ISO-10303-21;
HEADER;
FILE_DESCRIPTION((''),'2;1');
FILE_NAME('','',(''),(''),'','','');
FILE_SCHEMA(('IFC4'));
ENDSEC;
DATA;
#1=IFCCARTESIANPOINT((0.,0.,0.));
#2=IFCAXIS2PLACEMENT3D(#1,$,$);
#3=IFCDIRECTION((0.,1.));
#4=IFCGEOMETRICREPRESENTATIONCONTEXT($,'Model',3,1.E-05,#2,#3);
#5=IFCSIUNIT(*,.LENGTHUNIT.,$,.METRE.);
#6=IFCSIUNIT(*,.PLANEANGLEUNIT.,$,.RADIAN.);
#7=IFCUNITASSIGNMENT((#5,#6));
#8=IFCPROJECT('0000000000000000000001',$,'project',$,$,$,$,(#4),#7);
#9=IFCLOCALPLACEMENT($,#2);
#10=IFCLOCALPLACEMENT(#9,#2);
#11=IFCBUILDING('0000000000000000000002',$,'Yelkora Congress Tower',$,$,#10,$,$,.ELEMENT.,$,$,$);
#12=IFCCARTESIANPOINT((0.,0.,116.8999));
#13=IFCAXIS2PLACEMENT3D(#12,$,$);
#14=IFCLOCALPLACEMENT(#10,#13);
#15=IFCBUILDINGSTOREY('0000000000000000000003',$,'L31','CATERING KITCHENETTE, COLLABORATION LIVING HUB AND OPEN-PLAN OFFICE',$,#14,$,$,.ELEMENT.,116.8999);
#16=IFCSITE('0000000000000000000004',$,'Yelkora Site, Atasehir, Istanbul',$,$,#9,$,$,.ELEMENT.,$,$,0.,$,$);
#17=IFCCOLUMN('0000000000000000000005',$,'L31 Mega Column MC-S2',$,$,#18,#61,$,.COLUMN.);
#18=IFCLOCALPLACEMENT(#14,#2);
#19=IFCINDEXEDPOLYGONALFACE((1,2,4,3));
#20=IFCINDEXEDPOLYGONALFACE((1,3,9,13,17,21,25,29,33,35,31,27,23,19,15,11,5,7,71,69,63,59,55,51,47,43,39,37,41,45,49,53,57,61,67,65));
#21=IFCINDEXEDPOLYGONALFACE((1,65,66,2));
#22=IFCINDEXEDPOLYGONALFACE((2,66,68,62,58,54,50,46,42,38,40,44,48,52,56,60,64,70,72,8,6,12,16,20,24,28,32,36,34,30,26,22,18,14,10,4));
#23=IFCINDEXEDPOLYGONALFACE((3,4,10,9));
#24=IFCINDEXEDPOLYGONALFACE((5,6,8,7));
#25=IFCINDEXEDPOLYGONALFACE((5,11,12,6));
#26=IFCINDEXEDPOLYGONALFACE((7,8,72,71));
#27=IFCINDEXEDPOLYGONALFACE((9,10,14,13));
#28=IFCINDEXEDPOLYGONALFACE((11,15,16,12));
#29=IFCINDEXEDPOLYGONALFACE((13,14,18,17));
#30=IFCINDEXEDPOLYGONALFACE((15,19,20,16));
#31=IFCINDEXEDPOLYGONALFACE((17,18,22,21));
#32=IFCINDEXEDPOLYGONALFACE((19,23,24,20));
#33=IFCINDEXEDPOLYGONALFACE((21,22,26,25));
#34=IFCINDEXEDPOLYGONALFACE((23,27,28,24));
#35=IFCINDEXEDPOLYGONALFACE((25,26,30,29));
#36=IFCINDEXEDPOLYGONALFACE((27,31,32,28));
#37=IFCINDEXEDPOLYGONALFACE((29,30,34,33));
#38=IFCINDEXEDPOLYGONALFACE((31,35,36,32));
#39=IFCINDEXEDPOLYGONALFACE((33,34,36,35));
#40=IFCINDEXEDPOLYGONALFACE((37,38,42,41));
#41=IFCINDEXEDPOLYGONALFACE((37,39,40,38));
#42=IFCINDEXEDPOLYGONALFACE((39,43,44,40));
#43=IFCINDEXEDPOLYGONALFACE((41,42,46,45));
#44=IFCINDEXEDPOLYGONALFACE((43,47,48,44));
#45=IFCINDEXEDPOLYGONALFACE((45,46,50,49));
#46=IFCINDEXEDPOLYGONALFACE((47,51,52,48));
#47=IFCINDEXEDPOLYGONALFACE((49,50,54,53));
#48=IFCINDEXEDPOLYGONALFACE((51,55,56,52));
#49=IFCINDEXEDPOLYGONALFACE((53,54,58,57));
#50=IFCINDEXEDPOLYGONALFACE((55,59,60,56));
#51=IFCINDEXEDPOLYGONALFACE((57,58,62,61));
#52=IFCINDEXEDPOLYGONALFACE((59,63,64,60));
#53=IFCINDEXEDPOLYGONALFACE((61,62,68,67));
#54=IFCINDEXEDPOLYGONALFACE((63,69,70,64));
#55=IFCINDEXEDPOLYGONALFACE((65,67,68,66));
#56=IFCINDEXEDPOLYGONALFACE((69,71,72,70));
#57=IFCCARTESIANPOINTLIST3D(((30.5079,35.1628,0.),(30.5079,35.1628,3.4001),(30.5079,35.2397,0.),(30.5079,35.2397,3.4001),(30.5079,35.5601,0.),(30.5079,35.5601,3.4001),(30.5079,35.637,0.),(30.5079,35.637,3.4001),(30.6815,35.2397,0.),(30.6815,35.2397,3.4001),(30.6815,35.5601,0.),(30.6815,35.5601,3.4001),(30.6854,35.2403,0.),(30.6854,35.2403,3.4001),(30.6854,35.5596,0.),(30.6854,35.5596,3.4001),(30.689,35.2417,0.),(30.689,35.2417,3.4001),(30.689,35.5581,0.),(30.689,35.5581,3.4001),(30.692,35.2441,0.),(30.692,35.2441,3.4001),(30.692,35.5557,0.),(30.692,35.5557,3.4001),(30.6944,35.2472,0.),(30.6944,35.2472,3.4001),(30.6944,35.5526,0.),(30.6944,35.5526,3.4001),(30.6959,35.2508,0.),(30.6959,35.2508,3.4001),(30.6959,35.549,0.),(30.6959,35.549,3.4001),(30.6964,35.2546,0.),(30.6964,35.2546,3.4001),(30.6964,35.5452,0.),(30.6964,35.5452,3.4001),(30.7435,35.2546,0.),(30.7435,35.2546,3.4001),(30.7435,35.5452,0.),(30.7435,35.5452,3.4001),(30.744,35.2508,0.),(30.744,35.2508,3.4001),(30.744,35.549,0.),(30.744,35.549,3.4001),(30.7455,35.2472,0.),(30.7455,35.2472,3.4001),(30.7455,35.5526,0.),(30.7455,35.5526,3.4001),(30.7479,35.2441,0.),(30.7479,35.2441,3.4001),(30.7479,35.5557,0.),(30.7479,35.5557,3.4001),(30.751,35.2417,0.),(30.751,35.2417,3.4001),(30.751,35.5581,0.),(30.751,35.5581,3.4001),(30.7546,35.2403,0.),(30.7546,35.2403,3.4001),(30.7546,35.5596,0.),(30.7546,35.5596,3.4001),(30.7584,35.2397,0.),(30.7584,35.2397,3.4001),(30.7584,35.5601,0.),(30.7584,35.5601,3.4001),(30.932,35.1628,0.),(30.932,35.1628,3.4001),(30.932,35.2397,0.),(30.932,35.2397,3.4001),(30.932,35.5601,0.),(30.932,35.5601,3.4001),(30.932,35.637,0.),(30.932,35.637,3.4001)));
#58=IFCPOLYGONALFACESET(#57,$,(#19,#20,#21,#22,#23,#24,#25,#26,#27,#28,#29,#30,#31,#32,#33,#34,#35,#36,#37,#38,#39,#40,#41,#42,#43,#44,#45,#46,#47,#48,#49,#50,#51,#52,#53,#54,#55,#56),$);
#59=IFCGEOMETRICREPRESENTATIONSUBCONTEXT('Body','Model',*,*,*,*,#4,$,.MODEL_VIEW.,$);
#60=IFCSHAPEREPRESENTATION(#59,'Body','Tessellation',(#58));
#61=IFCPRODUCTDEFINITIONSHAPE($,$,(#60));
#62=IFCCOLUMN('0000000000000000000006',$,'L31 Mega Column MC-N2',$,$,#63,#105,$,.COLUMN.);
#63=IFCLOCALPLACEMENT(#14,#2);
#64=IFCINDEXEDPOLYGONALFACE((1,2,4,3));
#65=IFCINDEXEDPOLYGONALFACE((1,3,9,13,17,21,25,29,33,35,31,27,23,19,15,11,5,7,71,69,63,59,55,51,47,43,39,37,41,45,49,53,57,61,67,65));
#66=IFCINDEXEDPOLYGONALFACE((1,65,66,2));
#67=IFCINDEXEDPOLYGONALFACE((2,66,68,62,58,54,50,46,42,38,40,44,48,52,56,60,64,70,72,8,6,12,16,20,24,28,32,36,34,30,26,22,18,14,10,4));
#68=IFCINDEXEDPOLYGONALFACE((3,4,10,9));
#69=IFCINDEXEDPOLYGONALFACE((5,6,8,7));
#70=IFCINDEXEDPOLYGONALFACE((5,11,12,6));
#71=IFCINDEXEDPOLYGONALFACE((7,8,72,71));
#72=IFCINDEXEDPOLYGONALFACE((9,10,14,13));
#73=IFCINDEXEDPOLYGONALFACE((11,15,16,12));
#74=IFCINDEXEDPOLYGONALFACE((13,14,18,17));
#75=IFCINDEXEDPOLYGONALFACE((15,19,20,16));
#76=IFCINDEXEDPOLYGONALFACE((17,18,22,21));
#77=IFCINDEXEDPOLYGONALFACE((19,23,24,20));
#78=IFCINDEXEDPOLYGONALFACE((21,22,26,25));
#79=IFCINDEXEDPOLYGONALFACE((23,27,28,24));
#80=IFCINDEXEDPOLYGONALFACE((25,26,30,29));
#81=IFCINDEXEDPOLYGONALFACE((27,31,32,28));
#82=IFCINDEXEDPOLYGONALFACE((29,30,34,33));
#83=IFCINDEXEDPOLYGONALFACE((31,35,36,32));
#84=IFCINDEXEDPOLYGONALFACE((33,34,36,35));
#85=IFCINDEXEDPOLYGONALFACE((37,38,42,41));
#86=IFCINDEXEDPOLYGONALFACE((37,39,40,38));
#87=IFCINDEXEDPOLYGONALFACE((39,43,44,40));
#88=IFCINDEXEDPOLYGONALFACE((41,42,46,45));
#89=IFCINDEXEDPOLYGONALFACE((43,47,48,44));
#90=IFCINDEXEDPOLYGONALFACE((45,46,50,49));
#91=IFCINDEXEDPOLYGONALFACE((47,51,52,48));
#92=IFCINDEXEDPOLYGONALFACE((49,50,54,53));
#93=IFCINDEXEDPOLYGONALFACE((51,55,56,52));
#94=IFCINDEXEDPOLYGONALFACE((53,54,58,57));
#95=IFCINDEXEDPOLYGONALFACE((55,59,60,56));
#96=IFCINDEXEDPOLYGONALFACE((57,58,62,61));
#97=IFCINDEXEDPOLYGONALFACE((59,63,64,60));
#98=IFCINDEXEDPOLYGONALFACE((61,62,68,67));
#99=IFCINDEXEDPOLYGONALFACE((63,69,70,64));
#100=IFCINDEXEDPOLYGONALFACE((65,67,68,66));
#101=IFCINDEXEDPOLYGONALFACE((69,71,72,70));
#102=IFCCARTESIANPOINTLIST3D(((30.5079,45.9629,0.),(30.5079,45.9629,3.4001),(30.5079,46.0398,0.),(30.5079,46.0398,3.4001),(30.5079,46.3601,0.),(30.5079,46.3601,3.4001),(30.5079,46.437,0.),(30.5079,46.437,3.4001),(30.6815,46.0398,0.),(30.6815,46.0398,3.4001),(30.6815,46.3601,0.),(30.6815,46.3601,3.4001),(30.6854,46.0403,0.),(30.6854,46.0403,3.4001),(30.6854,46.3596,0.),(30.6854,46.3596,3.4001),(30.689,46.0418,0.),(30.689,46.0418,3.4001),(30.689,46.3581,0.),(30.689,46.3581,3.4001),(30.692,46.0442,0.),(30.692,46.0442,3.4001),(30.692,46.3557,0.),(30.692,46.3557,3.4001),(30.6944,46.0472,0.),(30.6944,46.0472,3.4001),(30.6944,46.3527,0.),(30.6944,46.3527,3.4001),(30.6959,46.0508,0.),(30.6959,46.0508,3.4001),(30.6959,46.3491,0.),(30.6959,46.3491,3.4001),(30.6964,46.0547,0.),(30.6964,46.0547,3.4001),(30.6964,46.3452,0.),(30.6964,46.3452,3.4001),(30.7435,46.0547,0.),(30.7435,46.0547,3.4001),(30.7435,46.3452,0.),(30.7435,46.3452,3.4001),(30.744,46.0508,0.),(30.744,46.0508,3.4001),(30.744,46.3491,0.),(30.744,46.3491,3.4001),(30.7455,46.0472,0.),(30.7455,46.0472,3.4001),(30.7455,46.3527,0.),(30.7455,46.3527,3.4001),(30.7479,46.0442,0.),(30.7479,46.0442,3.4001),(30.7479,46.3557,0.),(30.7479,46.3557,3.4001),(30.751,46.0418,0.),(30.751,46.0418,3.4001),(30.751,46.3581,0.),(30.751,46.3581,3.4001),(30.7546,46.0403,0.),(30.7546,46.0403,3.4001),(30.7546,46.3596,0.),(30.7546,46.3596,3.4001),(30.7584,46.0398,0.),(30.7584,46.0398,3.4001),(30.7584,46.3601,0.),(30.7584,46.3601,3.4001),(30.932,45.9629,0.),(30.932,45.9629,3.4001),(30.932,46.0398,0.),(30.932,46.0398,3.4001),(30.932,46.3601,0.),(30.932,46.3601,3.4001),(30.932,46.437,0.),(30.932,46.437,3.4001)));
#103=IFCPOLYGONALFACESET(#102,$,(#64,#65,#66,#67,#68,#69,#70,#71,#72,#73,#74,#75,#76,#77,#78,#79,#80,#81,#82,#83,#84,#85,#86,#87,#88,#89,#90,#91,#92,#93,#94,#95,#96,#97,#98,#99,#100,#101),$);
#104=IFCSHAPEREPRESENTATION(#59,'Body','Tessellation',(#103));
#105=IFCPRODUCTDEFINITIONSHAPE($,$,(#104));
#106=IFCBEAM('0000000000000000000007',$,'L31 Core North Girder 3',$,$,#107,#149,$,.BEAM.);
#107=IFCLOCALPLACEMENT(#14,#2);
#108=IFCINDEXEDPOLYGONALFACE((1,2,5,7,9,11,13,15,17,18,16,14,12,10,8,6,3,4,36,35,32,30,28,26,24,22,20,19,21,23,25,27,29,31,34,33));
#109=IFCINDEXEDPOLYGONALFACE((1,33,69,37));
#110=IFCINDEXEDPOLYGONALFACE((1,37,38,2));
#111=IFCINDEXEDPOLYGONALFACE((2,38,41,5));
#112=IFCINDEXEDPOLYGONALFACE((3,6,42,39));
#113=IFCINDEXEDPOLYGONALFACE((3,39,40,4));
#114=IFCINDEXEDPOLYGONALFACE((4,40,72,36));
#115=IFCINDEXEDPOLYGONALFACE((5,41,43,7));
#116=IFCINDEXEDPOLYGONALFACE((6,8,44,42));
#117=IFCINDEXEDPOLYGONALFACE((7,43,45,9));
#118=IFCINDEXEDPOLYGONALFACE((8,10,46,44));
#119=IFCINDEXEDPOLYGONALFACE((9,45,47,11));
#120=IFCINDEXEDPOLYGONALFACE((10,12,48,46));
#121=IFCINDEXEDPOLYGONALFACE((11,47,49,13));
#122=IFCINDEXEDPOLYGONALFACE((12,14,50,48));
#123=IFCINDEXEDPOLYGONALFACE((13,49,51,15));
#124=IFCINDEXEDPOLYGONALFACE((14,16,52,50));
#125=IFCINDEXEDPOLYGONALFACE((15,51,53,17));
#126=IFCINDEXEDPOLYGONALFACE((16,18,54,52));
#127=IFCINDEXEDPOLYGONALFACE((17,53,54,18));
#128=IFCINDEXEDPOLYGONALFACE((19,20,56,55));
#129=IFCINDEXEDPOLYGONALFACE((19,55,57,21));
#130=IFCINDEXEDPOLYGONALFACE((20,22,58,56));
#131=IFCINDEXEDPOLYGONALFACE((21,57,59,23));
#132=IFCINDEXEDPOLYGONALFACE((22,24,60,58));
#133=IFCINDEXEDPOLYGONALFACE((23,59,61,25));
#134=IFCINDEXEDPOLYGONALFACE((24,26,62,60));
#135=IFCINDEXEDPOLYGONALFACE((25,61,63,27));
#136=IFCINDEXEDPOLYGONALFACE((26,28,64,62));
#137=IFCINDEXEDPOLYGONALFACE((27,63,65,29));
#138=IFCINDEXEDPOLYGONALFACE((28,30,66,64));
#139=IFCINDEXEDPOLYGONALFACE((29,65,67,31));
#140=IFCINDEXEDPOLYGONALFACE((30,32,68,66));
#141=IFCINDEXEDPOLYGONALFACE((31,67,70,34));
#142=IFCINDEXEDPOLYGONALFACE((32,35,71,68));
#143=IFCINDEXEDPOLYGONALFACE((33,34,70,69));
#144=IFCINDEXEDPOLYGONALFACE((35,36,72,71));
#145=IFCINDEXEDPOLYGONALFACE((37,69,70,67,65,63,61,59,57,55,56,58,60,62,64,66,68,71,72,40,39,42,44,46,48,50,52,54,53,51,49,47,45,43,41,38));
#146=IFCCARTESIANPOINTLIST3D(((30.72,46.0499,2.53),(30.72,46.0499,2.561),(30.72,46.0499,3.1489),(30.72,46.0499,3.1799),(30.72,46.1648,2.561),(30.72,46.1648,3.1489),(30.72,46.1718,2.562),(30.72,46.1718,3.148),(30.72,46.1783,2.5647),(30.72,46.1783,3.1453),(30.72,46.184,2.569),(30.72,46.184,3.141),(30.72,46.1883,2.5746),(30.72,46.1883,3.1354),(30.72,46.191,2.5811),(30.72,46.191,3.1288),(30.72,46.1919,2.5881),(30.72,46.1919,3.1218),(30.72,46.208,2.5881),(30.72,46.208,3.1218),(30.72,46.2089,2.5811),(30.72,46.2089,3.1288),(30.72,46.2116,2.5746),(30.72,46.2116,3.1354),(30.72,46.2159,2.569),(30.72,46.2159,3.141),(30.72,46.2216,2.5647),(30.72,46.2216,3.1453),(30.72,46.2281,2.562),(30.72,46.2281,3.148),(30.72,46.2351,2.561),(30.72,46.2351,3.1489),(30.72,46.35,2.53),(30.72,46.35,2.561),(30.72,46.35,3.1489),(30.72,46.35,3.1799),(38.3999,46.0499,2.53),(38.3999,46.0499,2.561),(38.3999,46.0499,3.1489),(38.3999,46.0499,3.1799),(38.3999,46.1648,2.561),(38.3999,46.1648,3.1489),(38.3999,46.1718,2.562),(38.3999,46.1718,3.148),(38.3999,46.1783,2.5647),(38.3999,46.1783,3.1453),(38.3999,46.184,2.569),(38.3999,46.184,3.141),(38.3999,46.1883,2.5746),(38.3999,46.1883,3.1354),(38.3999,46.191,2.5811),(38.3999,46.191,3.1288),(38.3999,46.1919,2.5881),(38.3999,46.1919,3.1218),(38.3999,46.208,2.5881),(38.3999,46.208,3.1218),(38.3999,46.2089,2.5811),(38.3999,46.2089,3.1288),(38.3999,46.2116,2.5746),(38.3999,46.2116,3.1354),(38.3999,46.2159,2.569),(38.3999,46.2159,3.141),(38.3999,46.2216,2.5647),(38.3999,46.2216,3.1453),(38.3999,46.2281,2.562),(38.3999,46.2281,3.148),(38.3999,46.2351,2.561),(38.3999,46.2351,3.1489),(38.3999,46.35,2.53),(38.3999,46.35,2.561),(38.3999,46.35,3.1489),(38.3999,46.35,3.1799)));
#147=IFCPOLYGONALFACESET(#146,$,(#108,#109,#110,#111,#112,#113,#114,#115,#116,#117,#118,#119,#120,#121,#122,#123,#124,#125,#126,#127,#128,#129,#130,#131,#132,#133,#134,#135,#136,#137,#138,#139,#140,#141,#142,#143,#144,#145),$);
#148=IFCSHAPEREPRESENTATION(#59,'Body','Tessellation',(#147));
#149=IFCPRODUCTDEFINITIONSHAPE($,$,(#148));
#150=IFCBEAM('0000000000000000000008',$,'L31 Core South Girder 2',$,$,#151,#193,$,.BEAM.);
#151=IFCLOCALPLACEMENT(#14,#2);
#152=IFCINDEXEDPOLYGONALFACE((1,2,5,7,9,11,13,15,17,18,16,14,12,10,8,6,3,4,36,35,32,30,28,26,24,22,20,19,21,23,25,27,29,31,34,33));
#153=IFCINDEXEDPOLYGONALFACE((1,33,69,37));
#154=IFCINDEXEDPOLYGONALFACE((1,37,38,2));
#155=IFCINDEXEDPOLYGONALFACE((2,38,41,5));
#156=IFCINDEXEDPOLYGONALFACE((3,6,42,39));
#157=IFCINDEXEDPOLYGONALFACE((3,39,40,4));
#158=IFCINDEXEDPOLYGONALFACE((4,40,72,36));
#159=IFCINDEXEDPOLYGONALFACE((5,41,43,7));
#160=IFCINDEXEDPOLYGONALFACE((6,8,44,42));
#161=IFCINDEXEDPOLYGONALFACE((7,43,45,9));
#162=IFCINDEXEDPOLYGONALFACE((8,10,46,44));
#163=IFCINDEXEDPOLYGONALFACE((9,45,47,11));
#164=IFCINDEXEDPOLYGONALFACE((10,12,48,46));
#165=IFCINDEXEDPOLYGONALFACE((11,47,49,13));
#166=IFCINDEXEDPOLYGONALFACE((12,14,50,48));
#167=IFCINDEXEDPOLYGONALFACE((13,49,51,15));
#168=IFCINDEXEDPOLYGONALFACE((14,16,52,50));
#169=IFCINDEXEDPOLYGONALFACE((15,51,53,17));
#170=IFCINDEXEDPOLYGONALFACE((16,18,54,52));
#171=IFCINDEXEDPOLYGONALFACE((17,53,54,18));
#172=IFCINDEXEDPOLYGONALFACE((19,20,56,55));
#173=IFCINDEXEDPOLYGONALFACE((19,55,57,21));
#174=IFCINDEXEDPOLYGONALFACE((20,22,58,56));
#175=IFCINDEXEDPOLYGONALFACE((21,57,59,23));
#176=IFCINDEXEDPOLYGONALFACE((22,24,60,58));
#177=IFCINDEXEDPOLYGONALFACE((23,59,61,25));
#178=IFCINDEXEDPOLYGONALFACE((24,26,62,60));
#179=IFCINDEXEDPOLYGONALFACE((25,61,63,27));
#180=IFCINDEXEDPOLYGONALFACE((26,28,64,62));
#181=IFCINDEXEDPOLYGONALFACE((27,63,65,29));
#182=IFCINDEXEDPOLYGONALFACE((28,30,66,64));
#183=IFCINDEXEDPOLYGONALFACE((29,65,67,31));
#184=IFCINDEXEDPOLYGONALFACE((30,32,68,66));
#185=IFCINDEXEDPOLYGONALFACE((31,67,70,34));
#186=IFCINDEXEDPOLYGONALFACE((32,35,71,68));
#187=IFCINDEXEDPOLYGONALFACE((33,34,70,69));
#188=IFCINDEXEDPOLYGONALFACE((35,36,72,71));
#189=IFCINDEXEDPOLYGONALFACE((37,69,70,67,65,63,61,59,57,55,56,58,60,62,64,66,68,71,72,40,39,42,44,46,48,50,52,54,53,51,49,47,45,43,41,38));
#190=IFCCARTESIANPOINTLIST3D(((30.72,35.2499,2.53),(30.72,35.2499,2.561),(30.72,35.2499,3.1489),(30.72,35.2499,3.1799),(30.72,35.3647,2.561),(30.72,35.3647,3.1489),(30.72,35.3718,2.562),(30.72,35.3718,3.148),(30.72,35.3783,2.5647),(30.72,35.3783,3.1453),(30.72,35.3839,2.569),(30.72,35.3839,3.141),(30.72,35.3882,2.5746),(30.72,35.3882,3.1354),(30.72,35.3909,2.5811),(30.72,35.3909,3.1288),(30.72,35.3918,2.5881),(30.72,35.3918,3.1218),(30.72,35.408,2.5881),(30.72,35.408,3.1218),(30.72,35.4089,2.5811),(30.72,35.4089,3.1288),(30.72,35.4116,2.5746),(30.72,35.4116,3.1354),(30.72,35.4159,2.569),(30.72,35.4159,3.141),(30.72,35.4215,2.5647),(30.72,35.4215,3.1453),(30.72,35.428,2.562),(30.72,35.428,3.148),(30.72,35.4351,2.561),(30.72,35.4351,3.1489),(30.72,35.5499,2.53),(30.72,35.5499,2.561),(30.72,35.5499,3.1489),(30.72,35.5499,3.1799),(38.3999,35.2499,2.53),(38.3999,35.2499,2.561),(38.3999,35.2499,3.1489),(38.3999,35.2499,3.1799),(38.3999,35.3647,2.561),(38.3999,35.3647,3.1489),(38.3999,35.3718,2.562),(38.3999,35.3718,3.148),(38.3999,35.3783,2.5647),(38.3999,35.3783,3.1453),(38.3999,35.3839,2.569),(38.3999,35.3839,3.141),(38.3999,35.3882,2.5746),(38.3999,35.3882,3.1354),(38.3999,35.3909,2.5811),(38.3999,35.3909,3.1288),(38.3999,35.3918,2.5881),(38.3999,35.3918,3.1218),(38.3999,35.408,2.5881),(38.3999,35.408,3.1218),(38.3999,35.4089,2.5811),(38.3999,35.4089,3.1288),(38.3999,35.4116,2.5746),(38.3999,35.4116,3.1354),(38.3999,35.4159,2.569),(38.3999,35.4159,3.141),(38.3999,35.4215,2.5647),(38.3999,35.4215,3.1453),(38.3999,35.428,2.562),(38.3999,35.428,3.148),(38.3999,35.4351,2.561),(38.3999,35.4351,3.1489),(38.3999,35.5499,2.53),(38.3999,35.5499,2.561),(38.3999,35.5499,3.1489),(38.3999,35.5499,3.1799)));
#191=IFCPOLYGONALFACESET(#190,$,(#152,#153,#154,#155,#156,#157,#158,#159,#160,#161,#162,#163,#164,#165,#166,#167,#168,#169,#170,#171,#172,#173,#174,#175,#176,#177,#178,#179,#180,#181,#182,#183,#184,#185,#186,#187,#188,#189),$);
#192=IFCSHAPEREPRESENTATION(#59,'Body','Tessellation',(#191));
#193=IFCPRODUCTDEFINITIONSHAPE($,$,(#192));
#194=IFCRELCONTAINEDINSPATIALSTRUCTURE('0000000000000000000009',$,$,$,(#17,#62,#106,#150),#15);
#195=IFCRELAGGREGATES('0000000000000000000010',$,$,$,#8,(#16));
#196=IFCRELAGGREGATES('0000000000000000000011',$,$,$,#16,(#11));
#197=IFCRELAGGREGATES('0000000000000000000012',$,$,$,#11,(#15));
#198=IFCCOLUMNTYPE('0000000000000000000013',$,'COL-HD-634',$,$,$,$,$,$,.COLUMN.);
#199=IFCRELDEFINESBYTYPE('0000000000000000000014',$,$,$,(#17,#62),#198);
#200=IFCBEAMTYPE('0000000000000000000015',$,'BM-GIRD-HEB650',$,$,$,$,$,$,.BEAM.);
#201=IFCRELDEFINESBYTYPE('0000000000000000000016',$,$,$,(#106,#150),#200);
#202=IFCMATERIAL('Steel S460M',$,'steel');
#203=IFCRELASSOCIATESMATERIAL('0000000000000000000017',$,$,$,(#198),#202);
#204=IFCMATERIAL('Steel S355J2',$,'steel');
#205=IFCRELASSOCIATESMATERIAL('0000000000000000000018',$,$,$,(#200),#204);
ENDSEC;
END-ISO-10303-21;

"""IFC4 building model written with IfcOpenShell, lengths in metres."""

from ifc_helpers import new_model, si_unit, direction, frame, origin, origin_2d, place, context, subcontext, project, spatial, i_section, extrude, material, material_profile, profile_set, type_object, element, save


model = new_model("IFC4")

# Units and contexts
model_context = context("Model", 3, precision=1e-05, world=origin(), true_north=direction((0.0, 1.0)))
body_context = subcontext(model_context, "Body", "Model", "MODEL_VIEW")
ifc_project = project(units=[si_unit("LENGTHUNIT", "METRE"), si_unit("PLANEANGLEUNIT", "RADIAN")], contexts=[model_context])

# Site, building, storey
site_placement = place(None, origin())
site = spatial("IfcSite", under=ifc_project, at=site_placement, Name="Yelkora Site, Atasehir, Istanbul", CompositionType="ELEMENT", RefElevation=0.0)
building_placement = place(site_placement, origin())
building = spatial("IfcBuilding", under=site, at=building_placement, Name="Yelkora Congress Tower", CompositionType="ELEMENT")
storey_placement = place(building_placement, frame((0.0, 0.0, 116.8999)))
storey = spatial("IfcBuildingStorey", under=building, at=storey_placement, Name="L31", Description="CATERING KITCHENETTE, COLLABORATION LIVING HUB AND OPEN-PLAN OFFICE", CompositionType="ELEMENT", Elevation=116.8999)

# Columns
ifc_material_1 = material(Name="Steel S460M", Category="steel")
ifc_material_profile_1 = material_profile(ifc_material_1, i_section(OverallWidth=0.4241, OverallDepth=0.4741, WebThickness=0.0471, FlangeThickness=0.0769, FilletRadius=0.0149, at=origin_2d()), Name="HD 400x634")
ifc_profile_set_1 = profile_set([ifc_material_profile_1], Name="Steel S460M")
column_type = type_object("IfcColumnType", Name="COL-HD-634", PredefinedType="COLUMN", material=ifc_profile_set_1)
for number, where, z_axis, x_axis, name in (
    (1, (30.72, 35.3999, 0.0), (0.0, 0.0, 1.0), (1.0, 0.0, 0.0), "L31 Mega Column MC-S2"),
    (2, (30.72, 46.2, 0.0), (0.0, 0.0, 1.0), (1.0, 0.0, 0.0), "L31 Mega Column MC-N2"),
):
    element("IfcColumn", number, at=place(storey_placement, frame(where, z_axis=z_axis, x_axis=x_axis)), inside=storey, type_object=column_type, Name=name, PredefinedType="COLUMN", context=body_context, shape_type="SweptSolid", body=[
        extrude(i_section(OverallWidth=0.4241, OverallDepth=0.4741, WebThickness=0.0471, FlangeThickness=0.0769, FilletRadius=0.0149, at=origin_2d()), origin(), (0.0, 0.0, 1.0), 3.4001),
    ])

# Beams
ifc_material_2 = material(Name="Steel S355J2", Category="steel")
ifc_material_profile_2 = material_profile(ifc_material_2, i_section(OverallWidth=0.3, OverallDepth=0.6499, WebThickness=0.0161, FlangeThickness=0.031, FilletRadius=0.0271, at=origin_2d()), Name="HEB 650")
ifc_profile_set_2 = profile_set([ifc_material_profile_2], Name="Steel S355J2")
beam_type = type_object("IfcBeamType", Name="BM-GIRD-HEB650", PredefinedType="BEAM", material=ifc_profile_set_2)
for number, where, z_axis, x_axis, name in (
    (3, (30.72, 46.2, 2.855), (1.0, 0.0, 0.0), (0.0, 1.0, 0.0), "L31 Core North Girder 3"),
    (4, (30.72, 35.3999, 2.855), (1.0, 0.0, 0.0), (0.0, 1.0, 0.0), "L31 Core South Girder 2"),
):
    element("IfcBeam", number, at=place(storey_placement, frame(where, z_axis=z_axis, x_axis=x_axis)), inside=storey, type_object=beam_type, Name=name, PredefinedType="BEAM", context=body_context, shape_type="SweptSolid", body=[
        extrude(i_section(OverallWidth=0.3, OverallDepth=0.6499, WebThickness=0.0161, FlangeThickness=0.031, FilletRadius=0.0271, at=origin_2d()), origin(), (0.0, 0.0, 1.0), 7.6799),
    ])

save(model, "model.ifc")
